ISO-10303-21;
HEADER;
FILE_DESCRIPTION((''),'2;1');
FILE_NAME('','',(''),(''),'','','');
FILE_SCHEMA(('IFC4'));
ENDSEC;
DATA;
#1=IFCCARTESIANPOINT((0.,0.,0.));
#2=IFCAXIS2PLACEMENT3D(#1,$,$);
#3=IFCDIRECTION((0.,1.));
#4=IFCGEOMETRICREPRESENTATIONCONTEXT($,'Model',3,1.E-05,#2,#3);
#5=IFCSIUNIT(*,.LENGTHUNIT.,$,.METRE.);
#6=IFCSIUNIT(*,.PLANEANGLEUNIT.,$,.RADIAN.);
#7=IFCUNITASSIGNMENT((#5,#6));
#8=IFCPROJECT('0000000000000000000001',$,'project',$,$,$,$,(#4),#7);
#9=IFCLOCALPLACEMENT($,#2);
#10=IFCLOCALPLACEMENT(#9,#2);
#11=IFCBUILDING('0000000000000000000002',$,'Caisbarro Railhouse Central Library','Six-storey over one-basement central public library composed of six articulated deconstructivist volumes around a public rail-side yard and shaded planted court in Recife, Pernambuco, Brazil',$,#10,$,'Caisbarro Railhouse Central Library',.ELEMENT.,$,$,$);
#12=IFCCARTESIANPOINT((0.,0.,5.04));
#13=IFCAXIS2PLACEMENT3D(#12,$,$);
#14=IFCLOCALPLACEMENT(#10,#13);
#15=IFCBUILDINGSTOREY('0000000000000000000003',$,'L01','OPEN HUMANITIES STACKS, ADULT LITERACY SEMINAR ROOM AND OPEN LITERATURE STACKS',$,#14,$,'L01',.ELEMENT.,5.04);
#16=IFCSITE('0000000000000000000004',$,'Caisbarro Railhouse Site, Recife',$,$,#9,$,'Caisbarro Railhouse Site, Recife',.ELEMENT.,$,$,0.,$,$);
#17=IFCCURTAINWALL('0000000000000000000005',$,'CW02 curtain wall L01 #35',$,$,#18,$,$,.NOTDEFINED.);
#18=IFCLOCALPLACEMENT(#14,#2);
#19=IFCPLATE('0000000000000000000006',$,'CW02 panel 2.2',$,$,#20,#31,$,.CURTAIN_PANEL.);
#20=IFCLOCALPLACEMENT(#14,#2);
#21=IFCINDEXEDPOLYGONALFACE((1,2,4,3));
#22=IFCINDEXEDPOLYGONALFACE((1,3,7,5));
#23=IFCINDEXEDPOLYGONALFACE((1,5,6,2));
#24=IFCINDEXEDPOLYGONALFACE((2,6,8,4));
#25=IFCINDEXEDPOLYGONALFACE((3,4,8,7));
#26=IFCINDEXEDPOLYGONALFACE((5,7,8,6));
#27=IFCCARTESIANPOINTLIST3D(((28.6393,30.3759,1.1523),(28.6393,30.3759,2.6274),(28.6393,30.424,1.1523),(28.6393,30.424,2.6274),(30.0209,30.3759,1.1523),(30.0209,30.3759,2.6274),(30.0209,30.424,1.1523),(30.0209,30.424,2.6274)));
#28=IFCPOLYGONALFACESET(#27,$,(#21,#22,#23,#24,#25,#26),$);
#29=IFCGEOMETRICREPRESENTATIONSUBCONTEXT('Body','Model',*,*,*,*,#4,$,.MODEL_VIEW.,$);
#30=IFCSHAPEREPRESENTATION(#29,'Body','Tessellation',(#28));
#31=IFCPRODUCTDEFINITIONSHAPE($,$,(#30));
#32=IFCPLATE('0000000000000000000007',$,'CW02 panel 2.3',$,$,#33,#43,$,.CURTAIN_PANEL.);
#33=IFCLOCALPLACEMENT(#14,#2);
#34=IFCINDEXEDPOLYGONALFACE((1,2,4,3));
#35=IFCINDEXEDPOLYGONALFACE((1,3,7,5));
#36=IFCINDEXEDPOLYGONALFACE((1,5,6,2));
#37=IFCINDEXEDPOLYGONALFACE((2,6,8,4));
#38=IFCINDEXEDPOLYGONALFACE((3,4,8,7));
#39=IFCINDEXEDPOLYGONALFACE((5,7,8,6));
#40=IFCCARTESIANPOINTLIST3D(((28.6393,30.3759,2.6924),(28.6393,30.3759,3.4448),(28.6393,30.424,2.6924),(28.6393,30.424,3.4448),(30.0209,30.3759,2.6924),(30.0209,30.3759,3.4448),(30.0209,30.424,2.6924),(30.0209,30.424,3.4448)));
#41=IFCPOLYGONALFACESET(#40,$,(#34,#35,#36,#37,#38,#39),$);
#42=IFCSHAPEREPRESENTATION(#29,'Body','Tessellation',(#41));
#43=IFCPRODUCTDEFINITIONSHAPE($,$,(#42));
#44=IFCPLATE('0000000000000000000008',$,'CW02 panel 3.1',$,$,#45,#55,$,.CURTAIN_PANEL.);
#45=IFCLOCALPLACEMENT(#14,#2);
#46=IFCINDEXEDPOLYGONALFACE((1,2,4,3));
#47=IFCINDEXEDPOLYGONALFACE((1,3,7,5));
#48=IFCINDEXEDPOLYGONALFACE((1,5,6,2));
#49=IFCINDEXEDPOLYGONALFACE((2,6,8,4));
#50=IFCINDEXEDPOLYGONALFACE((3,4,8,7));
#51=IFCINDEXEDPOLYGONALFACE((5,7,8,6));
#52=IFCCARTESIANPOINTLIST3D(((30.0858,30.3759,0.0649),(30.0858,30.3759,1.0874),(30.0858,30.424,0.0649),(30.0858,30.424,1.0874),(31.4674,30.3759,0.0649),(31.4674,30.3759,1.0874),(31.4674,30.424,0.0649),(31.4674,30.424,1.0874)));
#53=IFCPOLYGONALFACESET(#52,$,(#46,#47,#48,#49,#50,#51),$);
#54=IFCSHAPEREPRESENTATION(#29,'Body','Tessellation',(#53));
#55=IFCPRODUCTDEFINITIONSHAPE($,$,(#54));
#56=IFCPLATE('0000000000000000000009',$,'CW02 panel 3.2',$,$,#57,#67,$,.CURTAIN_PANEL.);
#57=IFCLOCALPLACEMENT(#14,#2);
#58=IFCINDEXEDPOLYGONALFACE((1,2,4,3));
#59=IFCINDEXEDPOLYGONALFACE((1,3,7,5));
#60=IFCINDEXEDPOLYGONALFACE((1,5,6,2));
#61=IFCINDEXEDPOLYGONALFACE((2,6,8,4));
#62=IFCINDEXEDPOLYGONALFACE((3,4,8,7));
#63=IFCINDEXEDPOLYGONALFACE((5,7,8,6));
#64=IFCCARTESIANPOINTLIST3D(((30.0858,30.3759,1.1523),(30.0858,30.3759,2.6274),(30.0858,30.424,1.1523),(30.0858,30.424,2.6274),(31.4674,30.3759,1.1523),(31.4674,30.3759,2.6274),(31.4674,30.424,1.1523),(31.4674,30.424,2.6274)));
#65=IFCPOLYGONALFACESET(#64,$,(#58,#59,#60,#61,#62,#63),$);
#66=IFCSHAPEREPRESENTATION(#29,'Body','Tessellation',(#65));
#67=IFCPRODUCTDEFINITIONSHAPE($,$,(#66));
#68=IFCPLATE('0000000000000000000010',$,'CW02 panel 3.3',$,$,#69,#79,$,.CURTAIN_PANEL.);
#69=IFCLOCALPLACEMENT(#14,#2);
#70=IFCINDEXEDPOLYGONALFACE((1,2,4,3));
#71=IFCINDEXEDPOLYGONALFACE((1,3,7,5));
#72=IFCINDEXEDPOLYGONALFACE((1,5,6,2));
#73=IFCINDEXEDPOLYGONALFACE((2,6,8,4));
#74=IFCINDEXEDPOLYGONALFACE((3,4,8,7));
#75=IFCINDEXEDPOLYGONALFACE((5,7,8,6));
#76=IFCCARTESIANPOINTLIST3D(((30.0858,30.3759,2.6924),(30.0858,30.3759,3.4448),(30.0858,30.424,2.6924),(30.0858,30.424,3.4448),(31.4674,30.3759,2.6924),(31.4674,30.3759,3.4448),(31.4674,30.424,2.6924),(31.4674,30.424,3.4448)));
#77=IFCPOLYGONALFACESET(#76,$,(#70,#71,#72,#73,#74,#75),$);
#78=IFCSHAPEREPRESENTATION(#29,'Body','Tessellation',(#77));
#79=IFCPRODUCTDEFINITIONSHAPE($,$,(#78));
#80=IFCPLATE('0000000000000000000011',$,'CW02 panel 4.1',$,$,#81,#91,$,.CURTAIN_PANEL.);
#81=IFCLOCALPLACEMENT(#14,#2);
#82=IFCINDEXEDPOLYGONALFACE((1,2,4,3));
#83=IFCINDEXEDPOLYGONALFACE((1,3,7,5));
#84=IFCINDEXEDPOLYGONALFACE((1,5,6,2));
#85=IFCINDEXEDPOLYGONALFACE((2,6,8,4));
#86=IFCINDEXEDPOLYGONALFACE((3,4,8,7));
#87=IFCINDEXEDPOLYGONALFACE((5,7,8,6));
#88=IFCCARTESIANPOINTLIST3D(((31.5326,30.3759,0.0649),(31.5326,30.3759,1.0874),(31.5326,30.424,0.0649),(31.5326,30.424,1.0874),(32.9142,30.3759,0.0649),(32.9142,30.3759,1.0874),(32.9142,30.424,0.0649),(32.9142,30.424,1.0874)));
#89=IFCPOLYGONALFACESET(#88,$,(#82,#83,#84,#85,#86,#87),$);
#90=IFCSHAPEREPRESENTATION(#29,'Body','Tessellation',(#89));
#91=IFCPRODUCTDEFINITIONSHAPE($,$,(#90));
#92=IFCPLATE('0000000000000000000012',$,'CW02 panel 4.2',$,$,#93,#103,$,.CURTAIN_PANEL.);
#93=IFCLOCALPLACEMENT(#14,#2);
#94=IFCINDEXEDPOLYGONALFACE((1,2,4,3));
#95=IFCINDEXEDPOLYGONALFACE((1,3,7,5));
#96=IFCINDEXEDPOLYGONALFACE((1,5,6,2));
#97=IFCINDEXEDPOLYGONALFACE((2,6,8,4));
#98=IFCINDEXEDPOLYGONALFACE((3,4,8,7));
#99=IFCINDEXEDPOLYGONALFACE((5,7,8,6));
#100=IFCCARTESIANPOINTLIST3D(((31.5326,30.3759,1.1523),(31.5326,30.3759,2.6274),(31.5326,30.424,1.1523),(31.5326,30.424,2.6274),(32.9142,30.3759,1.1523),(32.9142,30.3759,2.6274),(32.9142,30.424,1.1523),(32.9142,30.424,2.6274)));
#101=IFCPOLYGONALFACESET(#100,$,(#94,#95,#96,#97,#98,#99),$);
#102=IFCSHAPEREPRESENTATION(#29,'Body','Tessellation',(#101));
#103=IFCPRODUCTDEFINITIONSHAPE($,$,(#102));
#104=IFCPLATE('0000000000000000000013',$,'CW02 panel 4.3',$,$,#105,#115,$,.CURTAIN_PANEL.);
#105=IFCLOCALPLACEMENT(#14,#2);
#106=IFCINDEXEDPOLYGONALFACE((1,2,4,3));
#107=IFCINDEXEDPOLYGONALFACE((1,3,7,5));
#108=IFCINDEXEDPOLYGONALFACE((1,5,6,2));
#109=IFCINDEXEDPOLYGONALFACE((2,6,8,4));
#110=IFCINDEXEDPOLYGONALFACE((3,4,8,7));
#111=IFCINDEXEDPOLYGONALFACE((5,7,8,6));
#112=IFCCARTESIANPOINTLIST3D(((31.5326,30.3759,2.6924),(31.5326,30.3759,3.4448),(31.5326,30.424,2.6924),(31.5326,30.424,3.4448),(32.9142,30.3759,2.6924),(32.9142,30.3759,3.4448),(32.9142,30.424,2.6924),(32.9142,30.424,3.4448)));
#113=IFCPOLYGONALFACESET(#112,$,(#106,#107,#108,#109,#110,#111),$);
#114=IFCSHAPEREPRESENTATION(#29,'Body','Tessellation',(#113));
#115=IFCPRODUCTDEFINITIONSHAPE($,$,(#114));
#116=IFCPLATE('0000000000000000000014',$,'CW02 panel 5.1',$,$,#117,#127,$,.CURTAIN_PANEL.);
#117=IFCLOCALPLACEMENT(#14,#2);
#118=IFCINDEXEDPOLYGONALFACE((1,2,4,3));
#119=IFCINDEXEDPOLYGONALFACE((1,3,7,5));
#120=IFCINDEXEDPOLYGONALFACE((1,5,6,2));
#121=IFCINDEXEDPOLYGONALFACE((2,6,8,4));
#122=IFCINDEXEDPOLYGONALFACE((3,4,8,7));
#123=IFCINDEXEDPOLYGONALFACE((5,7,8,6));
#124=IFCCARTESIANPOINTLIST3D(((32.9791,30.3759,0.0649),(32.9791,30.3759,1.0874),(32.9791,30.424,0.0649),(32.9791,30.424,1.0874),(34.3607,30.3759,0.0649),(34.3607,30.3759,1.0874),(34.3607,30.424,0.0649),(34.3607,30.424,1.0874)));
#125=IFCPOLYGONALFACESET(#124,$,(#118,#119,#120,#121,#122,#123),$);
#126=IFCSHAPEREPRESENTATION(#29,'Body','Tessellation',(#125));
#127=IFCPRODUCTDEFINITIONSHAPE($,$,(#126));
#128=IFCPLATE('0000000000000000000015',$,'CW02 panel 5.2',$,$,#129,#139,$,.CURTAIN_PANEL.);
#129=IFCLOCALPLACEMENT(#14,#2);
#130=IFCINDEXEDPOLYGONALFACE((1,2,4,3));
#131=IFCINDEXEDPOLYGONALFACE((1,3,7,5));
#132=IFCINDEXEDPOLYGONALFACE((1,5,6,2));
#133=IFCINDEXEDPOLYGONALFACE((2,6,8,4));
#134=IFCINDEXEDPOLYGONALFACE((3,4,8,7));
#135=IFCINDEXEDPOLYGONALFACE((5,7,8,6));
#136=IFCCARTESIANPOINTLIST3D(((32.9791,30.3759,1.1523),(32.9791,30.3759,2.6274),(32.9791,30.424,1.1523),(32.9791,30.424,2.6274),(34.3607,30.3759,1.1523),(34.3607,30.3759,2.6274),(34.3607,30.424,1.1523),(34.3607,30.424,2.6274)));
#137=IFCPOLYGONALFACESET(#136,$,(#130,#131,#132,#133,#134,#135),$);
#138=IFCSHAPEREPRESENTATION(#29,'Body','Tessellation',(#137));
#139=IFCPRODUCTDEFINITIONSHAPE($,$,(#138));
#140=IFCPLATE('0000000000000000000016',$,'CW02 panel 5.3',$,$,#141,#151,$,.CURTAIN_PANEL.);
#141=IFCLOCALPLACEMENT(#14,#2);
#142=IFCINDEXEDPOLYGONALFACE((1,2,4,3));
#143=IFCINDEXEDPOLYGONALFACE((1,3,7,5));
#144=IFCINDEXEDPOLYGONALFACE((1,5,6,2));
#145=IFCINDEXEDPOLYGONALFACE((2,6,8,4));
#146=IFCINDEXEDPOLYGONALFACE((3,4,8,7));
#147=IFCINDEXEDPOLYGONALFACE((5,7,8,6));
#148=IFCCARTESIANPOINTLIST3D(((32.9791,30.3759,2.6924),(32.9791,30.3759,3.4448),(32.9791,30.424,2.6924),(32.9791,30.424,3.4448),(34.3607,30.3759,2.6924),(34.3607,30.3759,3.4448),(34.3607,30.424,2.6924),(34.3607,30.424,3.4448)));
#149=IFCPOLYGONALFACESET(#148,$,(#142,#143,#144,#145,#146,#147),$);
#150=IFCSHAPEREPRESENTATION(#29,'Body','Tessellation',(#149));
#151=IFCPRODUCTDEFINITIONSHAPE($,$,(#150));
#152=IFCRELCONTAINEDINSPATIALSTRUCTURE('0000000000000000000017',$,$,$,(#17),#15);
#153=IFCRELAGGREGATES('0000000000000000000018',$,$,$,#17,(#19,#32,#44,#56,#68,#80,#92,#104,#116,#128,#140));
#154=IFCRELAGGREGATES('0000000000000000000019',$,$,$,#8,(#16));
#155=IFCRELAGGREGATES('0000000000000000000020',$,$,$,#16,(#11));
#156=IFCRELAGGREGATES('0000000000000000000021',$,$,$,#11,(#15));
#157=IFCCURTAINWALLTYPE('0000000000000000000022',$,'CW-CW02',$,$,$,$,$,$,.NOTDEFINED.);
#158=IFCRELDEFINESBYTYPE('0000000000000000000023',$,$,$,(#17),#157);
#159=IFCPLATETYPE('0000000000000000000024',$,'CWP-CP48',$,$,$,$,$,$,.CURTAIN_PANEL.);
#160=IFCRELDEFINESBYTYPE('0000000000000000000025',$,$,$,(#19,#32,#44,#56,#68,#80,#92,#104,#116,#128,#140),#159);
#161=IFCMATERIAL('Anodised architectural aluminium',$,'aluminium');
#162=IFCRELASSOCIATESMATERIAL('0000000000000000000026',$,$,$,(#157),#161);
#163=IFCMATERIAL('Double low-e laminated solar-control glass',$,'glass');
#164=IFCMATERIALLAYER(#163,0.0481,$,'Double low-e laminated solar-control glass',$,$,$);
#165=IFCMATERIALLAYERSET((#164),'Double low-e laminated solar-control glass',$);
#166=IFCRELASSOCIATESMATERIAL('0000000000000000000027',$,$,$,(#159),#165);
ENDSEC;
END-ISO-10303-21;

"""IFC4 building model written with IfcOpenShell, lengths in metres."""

from ifc_helpers import new_model, si_unit, direction, frame, origin, origin_2d, place, context, subcontext, project, spatial, rectangle, extrude, material, layer, layer_set, type_object, element, aggregate, save


model = new_model("IFC4")

# Units and contexts
model_context = context("Model", 3, precision=1e-05, world=origin(), true_north=direction((0.0, 1.0)))
body_context = subcontext(model_context, "Body", "Model", "MODEL_VIEW")
ifc_project = project(units=[si_unit("LENGTHUNIT", "METRE"), si_unit("PLANEANGLEUNIT", "RADIAN")], contexts=[model_context])

# Site, building, storey
site_placement = place(None, origin())
site = spatial("IfcSite", under=ifc_project, at=site_placement, Name="Caisbarro Railhouse Site, Recife", LongName="Caisbarro Railhouse Site, Recife", CompositionType="ELEMENT", RefElevation=0.0)
building_placement = place(site_placement, origin())
building = spatial("IfcBuilding", under=site, at=building_placement, Name="Caisbarro Railhouse Central Library", Description="Six-storey over one-basement central public library composed of six articulated deconstructivist volumes around a public rail-side yard and shaded planted court in Recife, Pernambuco, Brazil", LongName="Caisbarro Railhouse Central Library", CompositionType="ELEMENT")
storey_placement = place(building_placement, frame((0.0, 0.0, 5.04)))
storey = spatial("IfcBuildingStorey", under=building, at=storey_placement, Name="L01", Description="OPEN HUMANITIES STACKS, ADULT LITERACY SEMINAR ROOM AND OPEN LITERATURE STACKS", LongName="L01", CompositionType="ELEMENT", Elevation=5.04)

# Curtain wall, plates
ifc_material_1 = material(Name="Anodised architectural aluminium", Category="aluminium")
curtain_wall_type = type_object("IfcCurtainWallType", Name="CW-CW02", PredefinedType="NOTDEFINED", material=ifc_material_1)
curtain_wall_placement = place(storey_placement, origin())
curtain_wall = element("IfcCurtainWall", 1, at=curtain_wall_placement, inside=storey, type_object=curtain_wall_type, Name="CW02 curtain wall L01 #35", PredefinedType="NOTDEFINED")
ifc_material_2 = material(Name="Double low-e laminated solar-control glass", Category="glass")
ifc_layer = layer(ifc_material_2, 0.0481, Name="Double low-e laminated solar-control glass")
ifc_layer_set = layer_set([ifc_layer], Name="Double low-e laminated solar-control glass")
plate_type = type_object("IfcPlateType", Name="CWP-CP48", PredefinedType="CURTAIN_PANEL", material=ifc_layer_set)
plate_1_placement = place(storey_placement, frame((29.3301, 30.3999, 1.1523), z_axis=(0.0, 0.0, 1.0), x_axis=(1.0, 0.0, 0.0)))
plate_1 = element("IfcPlate", 2, at=plate_1_placement, type_object=plate_type, Name="CW02 panel 2.2", PredefinedType="CURTAIN_PANEL", context=body_context, shape_type="SweptSolid", body=[
    extrude(rectangle(XDim=1.3816, YDim=0.0481, at=origin_2d()), origin(), (0.0, 0.0, 1.0), 1.4751),
])
plate_2_placement = place(storey_placement, frame((29.3301, 30.3999, 2.6924), z_axis=(0.0, 0.0, 1.0), x_axis=(1.0, 0.0, 0.0)))
plate_2 = element("IfcPlate", 3, at=plate_2_placement, type_object=plate_type, Name="CW02 panel 2.3", PredefinedType="CURTAIN_PANEL", context=body_context, shape_type="SweptSolid", body=[
    extrude(rectangle(XDim=1.3816, YDim=0.0481, at=origin_2d()), origin(), (0.0, 0.0, 1.0), 0.7524),
])
plate_3_placement = place(storey_placement, frame((30.7766, 30.3999, 0.0649), z_axis=(0.0, 0.0, 1.0), x_axis=(1.0, 0.0, 0.0)))
plate_3 = element("IfcPlate", 4, at=plate_3_placement, type_object=plate_type, Name="CW02 panel 3.1", PredefinedType="CURTAIN_PANEL", context=body_context, shape_type="SweptSolid", body=[
    extrude(rectangle(XDim=1.3816, YDim=0.0481, at=origin_2d()), origin(), (0.0, 0.0, 1.0), 1.0225),
])
plate_4_placement = place(storey_placement, frame((30.7766, 30.3999, 1.1523), z_axis=(0.0, 0.0, 1.0), x_axis=(1.0, 0.0, 0.0)))
plate_4 = element("IfcPlate", 5, at=plate_4_placement, type_object=plate_type, Name="CW02 panel 3.2", PredefinedType="CURTAIN_PANEL", context=body_context, shape_type="SweptSolid", body=[
    extrude(rectangle(XDim=1.3816, YDim=0.0481, at=origin_2d()), origin(), (0.0, 0.0, 1.0), 1.4751),
])
plate_5_placement = place(storey_placement, frame((30.7766, 30.3999, 2.6924), z_axis=(0.0, 0.0, 1.0), x_axis=(1.0, 0.0, 0.0)))
plate_5 = element("IfcPlate", 6, at=plate_5_placement, type_object=plate_type, Name="CW02 panel 3.3", PredefinedType="CURTAIN_PANEL", context=body_context, shape_type="SweptSolid", body=[
    extrude(rectangle(XDim=1.3816, YDim=0.0481, at=origin_2d()), origin(), (0.0, 0.0, 1.0), 0.7524),
])
plate_6_placement = place(storey_placement, frame((32.2234, 30.3999, 0.0649), z_axis=(0.0, 0.0, 1.0), x_axis=(1.0, 0.0, 0.0)))
plate_6 = element("IfcPlate", 7, at=plate_6_placement, type_object=plate_type, Name="CW02 panel 4.1", PredefinedType="CURTAIN_PANEL", context=body_context, shape_type="SweptSolid", body=[
    extrude(rectangle(XDim=1.3816, YDim=0.0481, at=origin_2d()), origin(), (0.0, 0.0, 1.0), 1.0225),
])
plate_7_placement = place(storey_placement, frame((32.2234, 30.3999, 1.1523), z_axis=(0.0, 0.0, 1.0), x_axis=(1.0, 0.0, 0.0)))
plate_7 = element("IfcPlate", 8, at=plate_7_placement, type_object=plate_type, Name="CW02 panel 4.2", PredefinedType="CURTAIN_PANEL", context=body_context, shape_type="SweptSolid", body=[
    extrude(rectangle(XDim=1.3816, YDim=0.0481, at=origin_2d()), origin(), (0.0, 0.0, 1.0), 1.4751),
])
plate_8_placement = place(storey_placement, frame((32.2234, 30.3999, 2.6924), z_axis=(0.0, 0.0, 1.0), x_axis=(1.0, 0.0, 0.0)))
plate_8 = element("IfcPlate", 9, at=plate_8_placement, type_object=plate_type, Name="CW02 panel 4.3", PredefinedType="CURTAIN_PANEL", context=body_context, shape_type="SweptSolid", body=[
    extrude(rectangle(XDim=1.3816, YDim=0.0481, at=origin_2d()), origin(), (0.0, 0.0, 1.0), 0.7524),
])
plate_9_placement = place(storey_placement, frame((33.6699, 30.3999, 0.0649), z_axis=(0.0, 0.0, 1.0), x_axis=(1.0, 0.0, 0.0)))
plate_9 = element("IfcPlate", 10, at=plate_9_placement, type_object=plate_type, Name="CW02 panel 5.1", PredefinedType="CURTAIN_PANEL", context=body_context, shape_type="SweptSolid", body=[
    extrude(rectangle(XDim=1.3816, YDim=0.0481, at=origin_2d()), origin(), (0.0, 0.0, 1.0), 1.0225),
])
plate_10_placement = place(storey_placement, frame((33.6699, 30.3999, 1.1523), z_axis=(0.0, 0.0, 1.0), x_axis=(1.0, 0.0, 0.0)))
plate_10 = element("IfcPlate", 11, at=plate_10_placement, type_object=plate_type, Name="CW02 panel 5.2", PredefinedType="CURTAIN_PANEL", context=body_context, shape_type="SweptSolid", body=[
    extrude(rectangle(XDim=1.3816, YDim=0.0481, at=origin_2d()), origin(), (0.0, 0.0, 1.0), 1.4751),
])
plate_11_placement = place(storey_placement, frame((33.6699, 30.3999, 2.6924), z_axis=(0.0, 0.0, 1.0), x_axis=(1.0, 0.0, 0.0)))
plate_11 = element("IfcPlate", 12, at=plate_11_placement, type_object=plate_type, Name="CW02 panel 5.3", PredefinedType="CURTAIN_PANEL", context=body_context, shape_type="SweptSolid", body=[
    extrude(rectangle(XDim=1.3816, YDim=0.0481, at=origin_2d()), origin(), (0.0, 0.0, 1.0), 0.7524),
])
aggregate(curtain_wall, [plate_1, plate_2, plate_3, plate_4, plate_5, plate_6, plate_7, plate_8, plate_9, plate_10, plate_11])

save(model, "model.ifc")
